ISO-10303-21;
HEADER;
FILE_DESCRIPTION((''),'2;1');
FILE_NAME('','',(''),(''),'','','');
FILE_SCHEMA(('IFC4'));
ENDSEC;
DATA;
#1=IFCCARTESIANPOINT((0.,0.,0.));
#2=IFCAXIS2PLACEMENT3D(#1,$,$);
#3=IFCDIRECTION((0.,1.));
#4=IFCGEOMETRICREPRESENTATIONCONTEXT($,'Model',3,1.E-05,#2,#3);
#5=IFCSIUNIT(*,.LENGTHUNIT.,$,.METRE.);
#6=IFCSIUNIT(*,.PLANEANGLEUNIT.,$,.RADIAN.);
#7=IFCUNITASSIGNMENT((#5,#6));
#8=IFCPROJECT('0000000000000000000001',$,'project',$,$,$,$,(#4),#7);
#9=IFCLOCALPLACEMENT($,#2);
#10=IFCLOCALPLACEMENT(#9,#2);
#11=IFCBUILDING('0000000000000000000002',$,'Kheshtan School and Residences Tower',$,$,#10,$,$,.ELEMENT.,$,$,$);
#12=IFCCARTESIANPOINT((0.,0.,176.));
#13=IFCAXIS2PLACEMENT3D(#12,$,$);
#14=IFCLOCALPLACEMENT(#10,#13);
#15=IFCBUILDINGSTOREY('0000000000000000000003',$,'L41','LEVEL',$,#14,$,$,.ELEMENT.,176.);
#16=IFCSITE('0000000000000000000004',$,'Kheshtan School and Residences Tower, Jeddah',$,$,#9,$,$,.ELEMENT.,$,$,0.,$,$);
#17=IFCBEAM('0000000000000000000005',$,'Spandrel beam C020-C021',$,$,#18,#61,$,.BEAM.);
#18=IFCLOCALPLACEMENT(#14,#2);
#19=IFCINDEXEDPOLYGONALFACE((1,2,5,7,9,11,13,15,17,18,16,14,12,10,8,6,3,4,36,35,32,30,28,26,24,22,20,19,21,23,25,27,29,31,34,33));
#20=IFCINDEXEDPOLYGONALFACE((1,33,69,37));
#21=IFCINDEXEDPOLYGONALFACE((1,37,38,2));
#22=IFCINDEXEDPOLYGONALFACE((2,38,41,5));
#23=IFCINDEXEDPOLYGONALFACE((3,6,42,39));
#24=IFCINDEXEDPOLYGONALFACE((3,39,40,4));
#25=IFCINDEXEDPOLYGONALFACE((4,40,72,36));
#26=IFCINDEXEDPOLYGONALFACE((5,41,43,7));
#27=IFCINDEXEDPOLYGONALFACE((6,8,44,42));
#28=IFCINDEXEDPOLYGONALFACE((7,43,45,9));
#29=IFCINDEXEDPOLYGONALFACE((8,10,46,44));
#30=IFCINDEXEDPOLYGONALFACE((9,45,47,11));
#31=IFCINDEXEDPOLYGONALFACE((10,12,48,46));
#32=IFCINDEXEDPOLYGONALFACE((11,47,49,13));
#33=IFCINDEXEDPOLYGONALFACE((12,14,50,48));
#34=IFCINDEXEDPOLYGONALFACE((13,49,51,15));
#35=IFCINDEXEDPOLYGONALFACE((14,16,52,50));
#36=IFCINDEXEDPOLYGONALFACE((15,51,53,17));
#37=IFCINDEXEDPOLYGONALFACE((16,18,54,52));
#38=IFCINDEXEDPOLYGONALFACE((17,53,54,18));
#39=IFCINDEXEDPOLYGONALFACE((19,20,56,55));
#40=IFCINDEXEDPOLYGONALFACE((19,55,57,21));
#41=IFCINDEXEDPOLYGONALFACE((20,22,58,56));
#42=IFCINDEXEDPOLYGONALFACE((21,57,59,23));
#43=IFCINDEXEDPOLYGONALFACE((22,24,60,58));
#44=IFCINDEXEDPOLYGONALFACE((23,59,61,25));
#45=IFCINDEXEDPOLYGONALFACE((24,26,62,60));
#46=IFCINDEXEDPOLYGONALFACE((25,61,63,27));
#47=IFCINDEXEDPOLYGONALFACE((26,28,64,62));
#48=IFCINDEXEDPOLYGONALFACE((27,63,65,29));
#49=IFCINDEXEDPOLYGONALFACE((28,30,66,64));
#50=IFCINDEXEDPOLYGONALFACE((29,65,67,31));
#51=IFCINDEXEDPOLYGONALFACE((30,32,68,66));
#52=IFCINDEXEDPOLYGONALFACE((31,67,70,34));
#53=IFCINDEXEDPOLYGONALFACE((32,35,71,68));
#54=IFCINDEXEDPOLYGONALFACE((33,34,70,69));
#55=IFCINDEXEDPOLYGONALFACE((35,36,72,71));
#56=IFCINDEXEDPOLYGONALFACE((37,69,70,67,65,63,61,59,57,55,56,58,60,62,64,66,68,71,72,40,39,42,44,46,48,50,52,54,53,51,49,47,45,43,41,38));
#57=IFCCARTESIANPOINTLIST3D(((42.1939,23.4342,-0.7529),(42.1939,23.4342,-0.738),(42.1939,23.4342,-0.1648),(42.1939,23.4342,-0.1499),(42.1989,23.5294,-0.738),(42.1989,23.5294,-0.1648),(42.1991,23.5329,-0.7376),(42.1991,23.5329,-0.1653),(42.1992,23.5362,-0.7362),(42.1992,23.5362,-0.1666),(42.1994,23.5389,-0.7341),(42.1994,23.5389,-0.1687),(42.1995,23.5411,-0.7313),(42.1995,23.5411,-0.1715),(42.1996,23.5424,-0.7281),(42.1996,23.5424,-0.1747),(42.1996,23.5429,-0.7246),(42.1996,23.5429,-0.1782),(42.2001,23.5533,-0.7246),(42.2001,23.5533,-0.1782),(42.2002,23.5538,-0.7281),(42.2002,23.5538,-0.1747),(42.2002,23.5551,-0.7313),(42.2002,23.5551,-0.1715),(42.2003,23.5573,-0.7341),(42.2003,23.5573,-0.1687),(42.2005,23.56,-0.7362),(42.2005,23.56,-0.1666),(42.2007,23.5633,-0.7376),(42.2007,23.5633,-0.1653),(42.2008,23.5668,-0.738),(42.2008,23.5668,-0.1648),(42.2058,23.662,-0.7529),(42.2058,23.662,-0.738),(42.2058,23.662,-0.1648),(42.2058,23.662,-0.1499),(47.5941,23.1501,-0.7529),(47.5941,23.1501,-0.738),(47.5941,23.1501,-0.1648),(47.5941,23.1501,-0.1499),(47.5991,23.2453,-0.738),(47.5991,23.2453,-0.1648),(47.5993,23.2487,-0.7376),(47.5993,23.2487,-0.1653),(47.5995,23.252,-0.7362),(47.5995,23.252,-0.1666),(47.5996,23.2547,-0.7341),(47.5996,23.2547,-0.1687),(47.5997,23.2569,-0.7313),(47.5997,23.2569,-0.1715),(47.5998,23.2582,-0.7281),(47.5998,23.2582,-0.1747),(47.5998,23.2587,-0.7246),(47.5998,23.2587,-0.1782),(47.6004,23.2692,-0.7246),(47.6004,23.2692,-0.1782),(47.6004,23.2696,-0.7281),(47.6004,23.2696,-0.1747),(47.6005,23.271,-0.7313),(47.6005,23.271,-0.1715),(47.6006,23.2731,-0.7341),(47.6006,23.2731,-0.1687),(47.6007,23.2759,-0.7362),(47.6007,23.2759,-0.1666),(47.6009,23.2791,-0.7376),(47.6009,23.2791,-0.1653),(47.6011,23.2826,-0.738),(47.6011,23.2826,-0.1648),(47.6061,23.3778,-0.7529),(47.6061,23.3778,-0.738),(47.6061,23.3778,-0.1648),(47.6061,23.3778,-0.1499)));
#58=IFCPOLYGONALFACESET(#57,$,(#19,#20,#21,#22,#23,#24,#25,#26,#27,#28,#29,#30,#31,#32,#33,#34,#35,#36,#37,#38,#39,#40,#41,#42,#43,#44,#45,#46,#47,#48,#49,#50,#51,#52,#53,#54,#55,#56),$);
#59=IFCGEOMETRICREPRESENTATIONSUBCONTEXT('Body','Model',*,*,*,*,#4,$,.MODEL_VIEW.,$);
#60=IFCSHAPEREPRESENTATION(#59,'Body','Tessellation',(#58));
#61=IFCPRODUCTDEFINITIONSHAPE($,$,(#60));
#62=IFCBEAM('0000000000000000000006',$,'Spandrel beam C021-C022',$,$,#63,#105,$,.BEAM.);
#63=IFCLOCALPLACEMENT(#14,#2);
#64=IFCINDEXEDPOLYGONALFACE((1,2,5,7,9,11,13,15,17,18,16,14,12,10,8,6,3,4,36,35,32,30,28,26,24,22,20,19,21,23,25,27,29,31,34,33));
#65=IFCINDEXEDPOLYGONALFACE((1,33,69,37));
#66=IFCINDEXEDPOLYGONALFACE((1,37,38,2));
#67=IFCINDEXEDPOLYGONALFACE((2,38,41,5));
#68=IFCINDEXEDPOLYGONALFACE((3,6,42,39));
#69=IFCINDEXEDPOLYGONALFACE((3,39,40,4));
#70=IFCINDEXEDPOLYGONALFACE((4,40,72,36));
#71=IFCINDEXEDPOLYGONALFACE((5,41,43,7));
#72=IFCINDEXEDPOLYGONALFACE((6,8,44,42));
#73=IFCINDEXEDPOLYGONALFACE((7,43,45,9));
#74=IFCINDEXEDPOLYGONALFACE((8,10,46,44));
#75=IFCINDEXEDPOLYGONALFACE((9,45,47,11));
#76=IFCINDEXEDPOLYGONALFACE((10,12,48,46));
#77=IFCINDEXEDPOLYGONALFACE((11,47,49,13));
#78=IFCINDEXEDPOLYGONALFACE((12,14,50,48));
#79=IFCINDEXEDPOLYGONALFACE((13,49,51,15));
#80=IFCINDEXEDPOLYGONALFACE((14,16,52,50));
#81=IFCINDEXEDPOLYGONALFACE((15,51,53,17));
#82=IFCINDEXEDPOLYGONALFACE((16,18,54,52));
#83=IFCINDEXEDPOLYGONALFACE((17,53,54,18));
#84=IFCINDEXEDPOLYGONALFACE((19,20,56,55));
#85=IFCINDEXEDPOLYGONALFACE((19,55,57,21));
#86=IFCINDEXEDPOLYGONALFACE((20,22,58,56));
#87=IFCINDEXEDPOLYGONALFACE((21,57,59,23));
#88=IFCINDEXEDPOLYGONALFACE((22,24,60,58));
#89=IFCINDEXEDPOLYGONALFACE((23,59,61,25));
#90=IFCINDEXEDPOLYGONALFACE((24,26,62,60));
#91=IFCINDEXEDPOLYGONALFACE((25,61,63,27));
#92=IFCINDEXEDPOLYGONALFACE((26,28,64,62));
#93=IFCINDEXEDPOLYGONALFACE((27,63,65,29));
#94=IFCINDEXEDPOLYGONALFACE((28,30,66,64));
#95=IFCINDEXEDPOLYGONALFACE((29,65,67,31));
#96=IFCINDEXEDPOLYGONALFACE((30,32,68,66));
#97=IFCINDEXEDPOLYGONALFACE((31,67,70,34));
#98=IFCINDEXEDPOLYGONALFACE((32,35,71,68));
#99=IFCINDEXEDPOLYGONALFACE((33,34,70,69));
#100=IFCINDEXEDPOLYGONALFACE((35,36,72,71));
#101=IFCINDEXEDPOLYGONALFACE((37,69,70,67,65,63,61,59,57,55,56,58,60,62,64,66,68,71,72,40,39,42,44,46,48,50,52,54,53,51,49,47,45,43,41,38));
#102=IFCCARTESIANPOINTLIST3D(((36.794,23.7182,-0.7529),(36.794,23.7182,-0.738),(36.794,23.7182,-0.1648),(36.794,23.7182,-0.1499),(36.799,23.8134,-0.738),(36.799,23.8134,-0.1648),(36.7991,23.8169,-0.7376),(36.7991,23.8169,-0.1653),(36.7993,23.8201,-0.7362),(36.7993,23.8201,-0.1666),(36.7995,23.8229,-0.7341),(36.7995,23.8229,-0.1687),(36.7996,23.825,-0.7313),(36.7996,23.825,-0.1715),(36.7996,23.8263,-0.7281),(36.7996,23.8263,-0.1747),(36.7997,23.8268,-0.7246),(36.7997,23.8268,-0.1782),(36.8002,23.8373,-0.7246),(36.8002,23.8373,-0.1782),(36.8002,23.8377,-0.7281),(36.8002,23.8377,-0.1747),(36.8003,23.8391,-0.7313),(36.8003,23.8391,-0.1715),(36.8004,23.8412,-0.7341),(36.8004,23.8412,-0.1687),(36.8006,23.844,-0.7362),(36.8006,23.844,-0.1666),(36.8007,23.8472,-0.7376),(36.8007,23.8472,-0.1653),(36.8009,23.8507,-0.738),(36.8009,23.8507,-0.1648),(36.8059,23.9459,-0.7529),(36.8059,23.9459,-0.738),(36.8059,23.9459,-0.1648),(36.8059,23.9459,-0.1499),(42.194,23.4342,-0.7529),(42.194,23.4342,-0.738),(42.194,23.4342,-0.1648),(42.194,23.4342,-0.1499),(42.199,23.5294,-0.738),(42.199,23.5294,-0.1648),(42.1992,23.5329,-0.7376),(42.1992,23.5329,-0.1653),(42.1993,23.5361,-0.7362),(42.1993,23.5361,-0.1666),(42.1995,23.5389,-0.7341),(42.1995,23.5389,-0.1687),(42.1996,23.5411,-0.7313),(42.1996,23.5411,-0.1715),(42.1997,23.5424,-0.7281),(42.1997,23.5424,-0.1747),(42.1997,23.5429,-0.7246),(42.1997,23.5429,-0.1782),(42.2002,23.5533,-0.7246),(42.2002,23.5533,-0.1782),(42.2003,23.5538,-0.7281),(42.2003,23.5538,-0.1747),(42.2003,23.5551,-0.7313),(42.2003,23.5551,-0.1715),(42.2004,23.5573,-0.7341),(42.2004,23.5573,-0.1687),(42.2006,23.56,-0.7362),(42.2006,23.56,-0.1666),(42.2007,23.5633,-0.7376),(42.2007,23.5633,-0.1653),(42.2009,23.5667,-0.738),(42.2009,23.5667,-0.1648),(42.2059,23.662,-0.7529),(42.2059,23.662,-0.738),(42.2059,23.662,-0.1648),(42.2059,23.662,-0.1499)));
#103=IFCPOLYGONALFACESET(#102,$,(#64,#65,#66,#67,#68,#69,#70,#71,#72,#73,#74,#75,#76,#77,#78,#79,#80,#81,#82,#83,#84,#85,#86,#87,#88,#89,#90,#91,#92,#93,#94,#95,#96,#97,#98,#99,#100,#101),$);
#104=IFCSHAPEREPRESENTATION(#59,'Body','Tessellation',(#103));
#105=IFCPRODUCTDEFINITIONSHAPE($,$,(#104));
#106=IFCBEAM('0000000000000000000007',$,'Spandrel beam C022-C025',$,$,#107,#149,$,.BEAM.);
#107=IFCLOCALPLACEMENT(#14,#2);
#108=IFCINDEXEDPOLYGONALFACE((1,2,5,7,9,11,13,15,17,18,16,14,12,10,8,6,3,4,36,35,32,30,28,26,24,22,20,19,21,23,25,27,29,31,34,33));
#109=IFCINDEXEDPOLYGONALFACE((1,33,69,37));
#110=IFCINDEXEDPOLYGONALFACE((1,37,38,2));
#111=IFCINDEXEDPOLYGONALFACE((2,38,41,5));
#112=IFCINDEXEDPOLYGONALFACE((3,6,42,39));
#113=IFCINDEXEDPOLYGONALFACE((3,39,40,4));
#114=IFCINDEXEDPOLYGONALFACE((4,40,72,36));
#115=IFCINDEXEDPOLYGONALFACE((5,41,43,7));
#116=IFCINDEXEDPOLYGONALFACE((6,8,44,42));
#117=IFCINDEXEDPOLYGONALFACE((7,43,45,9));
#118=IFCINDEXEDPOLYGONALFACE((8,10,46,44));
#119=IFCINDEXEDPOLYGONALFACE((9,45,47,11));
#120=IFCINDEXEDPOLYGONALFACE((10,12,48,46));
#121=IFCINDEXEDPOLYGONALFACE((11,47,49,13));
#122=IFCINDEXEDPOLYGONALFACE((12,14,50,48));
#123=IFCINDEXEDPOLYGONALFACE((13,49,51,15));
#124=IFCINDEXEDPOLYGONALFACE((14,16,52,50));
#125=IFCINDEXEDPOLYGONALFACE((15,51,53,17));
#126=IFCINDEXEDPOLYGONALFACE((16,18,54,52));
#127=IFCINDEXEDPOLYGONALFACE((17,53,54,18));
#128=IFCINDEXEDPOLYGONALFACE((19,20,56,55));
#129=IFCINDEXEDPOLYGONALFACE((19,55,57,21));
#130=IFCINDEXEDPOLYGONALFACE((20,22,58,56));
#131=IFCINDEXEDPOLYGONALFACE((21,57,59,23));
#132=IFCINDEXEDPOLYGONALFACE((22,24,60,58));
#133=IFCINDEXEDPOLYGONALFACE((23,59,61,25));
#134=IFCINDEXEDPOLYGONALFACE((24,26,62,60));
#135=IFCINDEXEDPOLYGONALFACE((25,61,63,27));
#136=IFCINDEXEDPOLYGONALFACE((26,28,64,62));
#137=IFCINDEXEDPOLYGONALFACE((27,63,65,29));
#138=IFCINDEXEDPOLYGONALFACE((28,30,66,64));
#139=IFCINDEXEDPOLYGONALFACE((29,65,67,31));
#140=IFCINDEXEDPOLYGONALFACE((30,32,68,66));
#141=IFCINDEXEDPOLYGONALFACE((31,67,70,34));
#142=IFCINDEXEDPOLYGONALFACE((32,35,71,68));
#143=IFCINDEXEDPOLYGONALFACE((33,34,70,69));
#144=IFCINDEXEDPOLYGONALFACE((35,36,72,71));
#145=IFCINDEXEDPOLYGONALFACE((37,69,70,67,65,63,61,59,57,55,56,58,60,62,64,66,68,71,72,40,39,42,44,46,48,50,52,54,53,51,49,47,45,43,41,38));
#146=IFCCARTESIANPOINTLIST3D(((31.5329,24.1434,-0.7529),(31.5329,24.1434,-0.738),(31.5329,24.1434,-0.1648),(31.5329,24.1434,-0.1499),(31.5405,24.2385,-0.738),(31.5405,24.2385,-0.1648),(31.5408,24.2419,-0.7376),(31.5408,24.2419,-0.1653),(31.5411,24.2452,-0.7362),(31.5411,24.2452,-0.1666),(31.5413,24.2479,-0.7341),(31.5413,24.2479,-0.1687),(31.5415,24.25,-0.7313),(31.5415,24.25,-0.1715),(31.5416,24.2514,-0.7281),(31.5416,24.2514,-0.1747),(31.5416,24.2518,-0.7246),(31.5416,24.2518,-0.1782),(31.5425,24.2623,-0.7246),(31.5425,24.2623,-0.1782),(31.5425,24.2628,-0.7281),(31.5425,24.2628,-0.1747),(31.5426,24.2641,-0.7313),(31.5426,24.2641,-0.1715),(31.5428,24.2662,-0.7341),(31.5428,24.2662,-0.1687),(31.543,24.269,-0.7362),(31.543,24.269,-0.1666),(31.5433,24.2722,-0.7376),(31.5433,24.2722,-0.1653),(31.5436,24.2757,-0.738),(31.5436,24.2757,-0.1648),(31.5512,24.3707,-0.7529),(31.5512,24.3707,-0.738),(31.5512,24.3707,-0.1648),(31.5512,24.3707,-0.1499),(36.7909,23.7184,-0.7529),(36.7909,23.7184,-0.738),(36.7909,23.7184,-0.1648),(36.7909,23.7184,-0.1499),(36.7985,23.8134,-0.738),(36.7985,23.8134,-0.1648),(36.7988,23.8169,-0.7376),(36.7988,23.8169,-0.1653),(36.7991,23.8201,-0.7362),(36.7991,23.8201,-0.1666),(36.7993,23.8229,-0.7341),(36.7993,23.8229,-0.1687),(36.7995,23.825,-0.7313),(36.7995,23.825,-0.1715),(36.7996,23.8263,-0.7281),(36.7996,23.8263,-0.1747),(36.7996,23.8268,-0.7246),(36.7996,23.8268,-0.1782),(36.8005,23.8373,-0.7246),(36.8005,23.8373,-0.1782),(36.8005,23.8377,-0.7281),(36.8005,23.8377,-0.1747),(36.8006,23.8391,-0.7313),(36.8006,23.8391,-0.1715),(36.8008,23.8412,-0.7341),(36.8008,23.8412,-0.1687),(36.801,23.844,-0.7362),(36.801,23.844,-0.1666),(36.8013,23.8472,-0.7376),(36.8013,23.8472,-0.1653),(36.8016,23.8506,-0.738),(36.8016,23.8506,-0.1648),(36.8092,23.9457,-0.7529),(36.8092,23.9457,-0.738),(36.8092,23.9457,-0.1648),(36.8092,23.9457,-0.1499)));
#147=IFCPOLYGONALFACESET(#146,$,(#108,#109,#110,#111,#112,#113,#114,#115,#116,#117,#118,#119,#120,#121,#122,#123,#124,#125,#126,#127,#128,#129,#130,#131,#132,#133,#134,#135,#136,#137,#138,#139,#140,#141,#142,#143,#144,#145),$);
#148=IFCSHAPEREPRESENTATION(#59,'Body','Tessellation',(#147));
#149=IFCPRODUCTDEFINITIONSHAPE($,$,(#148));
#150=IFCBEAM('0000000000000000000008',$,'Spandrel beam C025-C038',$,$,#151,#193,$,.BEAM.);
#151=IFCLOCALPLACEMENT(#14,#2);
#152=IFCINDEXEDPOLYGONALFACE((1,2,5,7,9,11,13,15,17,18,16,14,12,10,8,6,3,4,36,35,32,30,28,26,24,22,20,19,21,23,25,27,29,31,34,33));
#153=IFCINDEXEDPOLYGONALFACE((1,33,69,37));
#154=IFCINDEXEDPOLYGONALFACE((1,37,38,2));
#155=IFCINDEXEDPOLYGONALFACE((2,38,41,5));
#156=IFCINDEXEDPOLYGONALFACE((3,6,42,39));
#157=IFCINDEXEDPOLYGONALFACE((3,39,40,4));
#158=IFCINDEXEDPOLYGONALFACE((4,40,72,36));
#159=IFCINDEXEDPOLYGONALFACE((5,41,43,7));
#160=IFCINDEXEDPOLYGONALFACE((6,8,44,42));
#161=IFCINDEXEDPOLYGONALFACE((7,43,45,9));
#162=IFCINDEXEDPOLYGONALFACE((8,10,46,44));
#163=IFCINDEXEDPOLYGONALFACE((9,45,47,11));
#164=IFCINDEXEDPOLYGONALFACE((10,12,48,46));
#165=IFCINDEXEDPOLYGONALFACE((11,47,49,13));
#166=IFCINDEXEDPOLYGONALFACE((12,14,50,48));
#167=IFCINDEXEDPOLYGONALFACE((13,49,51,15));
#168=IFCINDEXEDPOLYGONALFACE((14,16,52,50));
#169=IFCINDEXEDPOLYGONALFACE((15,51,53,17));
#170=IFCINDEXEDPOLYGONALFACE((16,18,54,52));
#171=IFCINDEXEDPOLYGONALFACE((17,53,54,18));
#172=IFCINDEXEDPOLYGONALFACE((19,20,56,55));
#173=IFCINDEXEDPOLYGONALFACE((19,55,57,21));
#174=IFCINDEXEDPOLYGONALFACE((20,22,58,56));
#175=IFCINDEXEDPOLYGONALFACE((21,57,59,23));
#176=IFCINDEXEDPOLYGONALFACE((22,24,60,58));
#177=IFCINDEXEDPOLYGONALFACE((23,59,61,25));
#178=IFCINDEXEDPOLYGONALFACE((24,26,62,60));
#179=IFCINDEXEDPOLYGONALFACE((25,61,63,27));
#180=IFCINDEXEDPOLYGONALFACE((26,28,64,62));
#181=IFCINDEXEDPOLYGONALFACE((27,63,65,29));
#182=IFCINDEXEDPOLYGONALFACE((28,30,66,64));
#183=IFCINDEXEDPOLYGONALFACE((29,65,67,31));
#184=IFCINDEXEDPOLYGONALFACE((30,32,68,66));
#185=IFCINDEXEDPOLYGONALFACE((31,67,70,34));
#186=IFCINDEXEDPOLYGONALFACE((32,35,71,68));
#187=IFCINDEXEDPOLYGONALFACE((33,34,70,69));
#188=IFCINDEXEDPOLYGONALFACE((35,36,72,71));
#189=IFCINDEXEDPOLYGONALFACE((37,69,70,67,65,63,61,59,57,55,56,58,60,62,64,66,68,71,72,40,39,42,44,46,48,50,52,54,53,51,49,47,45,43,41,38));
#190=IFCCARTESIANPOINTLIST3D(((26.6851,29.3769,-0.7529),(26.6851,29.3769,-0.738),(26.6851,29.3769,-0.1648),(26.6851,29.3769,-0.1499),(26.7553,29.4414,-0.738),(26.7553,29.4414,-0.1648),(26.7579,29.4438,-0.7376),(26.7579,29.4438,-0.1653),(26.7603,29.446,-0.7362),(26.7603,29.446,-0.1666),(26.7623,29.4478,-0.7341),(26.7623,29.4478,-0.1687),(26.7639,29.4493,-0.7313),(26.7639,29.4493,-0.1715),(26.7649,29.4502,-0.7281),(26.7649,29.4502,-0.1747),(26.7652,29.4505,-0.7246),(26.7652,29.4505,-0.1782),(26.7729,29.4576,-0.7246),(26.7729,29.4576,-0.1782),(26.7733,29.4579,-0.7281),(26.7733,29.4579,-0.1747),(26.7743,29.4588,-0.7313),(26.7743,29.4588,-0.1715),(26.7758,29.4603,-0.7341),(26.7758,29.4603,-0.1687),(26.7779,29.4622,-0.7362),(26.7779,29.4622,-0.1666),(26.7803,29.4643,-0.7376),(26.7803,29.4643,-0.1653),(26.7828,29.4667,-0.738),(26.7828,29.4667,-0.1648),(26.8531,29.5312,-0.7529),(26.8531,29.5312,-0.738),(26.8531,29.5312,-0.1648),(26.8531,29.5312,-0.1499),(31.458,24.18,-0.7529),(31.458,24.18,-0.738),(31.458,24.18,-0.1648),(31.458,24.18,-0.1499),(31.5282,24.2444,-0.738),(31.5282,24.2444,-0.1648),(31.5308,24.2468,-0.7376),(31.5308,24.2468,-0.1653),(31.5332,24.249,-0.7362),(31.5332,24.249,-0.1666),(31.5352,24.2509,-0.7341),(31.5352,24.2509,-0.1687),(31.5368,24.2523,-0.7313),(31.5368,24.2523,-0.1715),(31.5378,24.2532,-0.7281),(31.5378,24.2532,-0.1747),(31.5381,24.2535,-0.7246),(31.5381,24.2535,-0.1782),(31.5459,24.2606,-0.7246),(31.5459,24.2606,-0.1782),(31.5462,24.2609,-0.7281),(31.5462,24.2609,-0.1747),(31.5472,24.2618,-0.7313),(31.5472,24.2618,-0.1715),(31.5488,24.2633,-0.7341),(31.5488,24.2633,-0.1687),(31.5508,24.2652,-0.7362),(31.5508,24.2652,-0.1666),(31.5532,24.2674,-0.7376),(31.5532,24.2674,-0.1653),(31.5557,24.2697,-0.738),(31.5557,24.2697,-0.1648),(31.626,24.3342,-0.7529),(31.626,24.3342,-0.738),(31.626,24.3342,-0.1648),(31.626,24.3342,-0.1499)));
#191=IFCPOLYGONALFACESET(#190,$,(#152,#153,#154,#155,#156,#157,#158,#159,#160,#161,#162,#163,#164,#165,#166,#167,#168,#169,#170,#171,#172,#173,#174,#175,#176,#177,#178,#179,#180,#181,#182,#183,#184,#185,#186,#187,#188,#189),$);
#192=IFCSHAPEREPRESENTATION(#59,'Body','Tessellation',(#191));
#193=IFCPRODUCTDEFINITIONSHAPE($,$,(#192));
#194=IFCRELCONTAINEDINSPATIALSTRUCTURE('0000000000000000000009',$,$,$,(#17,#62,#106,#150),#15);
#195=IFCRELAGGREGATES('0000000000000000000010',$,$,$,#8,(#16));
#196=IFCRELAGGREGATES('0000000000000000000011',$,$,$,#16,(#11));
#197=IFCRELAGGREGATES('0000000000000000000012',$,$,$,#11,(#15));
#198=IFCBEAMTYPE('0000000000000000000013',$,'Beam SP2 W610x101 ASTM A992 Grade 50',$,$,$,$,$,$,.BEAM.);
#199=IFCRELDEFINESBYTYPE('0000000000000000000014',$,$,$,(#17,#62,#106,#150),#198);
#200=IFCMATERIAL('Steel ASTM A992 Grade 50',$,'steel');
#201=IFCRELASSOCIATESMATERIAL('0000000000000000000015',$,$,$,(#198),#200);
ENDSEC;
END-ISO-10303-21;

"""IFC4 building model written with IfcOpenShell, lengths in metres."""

from ifc_helpers import new_model, si_unit, direction, frame, origin, origin_2d, place, context, subcontext, project, spatial, i_section, extrude, material, material_profile, profile_set, type_object, element, save


model = new_model("IFC4")

# Units and contexts
model_context = context("Model", 3, precision=1e-05, world=origin(), true_north=direction((0.0, 1.0)))
body_context = subcontext(model_context, "Body", "Model", "MODEL_VIEW")
ifc_project = project(units=[si_unit("LENGTHUNIT", "METRE"), si_unit("PLANEANGLEUNIT", "RADIAN")], contexts=[model_context])

# Site, building, storey
site_placement = place(None, origin())
site = spatial("IfcSite", under=ifc_project, at=site_placement, Name="Kheshtan School and Residences Tower, Jeddah", CompositionType="ELEMENT", RefElevation=0.0)
building_placement = place(site_placement, origin())
building = spatial("IfcBuilding", under=site, at=building_placement, Name="Kheshtan School and Residences Tower", CompositionType="ELEMENT")
storey_placement = place(building_placement, frame((0.0, 0.0, 176.0)))
storey = spatial("IfcBuildingStorey", under=building, at=storey_placement, Name="L41", Description="LEVEL", CompositionType="ELEMENT", Elevation=176.0)

# Shared definitions
ifc_material_1 = material(Name="Steel ASTM A992 Grade 50", Category="steel")

# Beams
ifc_material_profile_1 = material_profile(ifc_material_1, i_section(OverallWidth=0.228, OverallDepth=0.603, WebThickness=0.0105, FlangeThickness=0.0149, FilletRadius=0.0134, at=origin_2d()), Name="W610x101")
ifc_profile_set_1 = profile_set([ifc_material_profile_1], Name="Steel ASTM A992 Grade 50")
beam_type_1 = type_object("IfcBeamType", Name="Beam SP2 W610x101 ASTM A992 Grade 50", PredefinedType="BEAM", material=ifc_profile_set_1)
beam_1_placement = place(storey_placement, frame((47.6001, 23.2639, -0.4514), z_axis=(-0.998618, 0.052552, 0.0), x_axis=(-0.052552, -0.998618, 0.0)))
element("IfcBeam", 1, at=beam_1_placement, inside=storey, type_object=beam_type_1, Name="Spandrel beam C020-C021", PredefinedType="BEAM", context=body_context, shape_type="SweptSolid", body=[
    extrude(i_section(OverallWidth=0.228, OverallDepth=0.603, WebThickness=0.0105, FlangeThickness=0.0149, FilletRadius=0.0134, at=origin_2d()), origin(), (0.0, 0.0, 1.0), 5.4077),
])
beam_2_placement = place(storey_placement, frame((42.2, 23.5481, -0.4514), z_axis=(-0.99862, 0.052509, 0.0), x_axis=(-0.052509, -0.99862, 0.0)))
element("IfcBeam", 2, at=beam_2_placement, inside=storey, type_object=beam_type_1, Name="Spandrel beam C021-C022", PredefinedType="BEAM", context=body_context, shape_type="SweptSolid", body=[
    extrude(i_section(OverallWidth=0.228, OverallDepth=0.603, WebThickness=0.0105, FlangeThickness=0.0149, FilletRadius=0.0134, at=origin_2d()), origin(), (0.0, 0.0, 1.0), 5.4075),
])
beam_3_placement = place(storey_placement, frame((36.8, 23.832, -0.4514), z_axis=(-0.996749, 0.080575, 0.0), x_axis=(-0.080575, -0.996749, 0.0)))
element("IfcBeam", 3, at=beam_3_placement, inside=storey, type_object=beam_type_1, Name="Spandrel beam C022-C025", PredefinedType="BEAM", context=body_context, shape_type="SweptSolid", body=[
    extrude(i_section(OverallWidth=0.228, OverallDepth=0.603, WebThickness=0.0105, FlangeThickness=0.0149, FilletRadius=0.0134, at=origin_2d()), origin(), (0.0, 0.0, 1.0), 5.2751),
])
beam_4_placement = place(storey_placement, frame((31.542, 24.2571, -0.4514), z_axis=(-0.676418, 0.736518, 0.0), x_axis=(-0.736518, -0.676418, 0.0)))
element("IfcBeam", 4, at=beam_4_placement, inside=storey, type_object=beam_type_1, Name="Spandrel beam C025-C038", PredefinedType="BEAM", context=body_context, shape_type="SweptSolid", body=[
    extrude(i_section(OverallWidth=0.228, OverallDepth=0.603, WebThickness=0.0105, FlangeThickness=0.0149, FilletRadius=0.0134, at=origin_2d()), origin(), (0.0, 0.0, 1.0), 7.0562),
])

save(model, "model.ifc")
